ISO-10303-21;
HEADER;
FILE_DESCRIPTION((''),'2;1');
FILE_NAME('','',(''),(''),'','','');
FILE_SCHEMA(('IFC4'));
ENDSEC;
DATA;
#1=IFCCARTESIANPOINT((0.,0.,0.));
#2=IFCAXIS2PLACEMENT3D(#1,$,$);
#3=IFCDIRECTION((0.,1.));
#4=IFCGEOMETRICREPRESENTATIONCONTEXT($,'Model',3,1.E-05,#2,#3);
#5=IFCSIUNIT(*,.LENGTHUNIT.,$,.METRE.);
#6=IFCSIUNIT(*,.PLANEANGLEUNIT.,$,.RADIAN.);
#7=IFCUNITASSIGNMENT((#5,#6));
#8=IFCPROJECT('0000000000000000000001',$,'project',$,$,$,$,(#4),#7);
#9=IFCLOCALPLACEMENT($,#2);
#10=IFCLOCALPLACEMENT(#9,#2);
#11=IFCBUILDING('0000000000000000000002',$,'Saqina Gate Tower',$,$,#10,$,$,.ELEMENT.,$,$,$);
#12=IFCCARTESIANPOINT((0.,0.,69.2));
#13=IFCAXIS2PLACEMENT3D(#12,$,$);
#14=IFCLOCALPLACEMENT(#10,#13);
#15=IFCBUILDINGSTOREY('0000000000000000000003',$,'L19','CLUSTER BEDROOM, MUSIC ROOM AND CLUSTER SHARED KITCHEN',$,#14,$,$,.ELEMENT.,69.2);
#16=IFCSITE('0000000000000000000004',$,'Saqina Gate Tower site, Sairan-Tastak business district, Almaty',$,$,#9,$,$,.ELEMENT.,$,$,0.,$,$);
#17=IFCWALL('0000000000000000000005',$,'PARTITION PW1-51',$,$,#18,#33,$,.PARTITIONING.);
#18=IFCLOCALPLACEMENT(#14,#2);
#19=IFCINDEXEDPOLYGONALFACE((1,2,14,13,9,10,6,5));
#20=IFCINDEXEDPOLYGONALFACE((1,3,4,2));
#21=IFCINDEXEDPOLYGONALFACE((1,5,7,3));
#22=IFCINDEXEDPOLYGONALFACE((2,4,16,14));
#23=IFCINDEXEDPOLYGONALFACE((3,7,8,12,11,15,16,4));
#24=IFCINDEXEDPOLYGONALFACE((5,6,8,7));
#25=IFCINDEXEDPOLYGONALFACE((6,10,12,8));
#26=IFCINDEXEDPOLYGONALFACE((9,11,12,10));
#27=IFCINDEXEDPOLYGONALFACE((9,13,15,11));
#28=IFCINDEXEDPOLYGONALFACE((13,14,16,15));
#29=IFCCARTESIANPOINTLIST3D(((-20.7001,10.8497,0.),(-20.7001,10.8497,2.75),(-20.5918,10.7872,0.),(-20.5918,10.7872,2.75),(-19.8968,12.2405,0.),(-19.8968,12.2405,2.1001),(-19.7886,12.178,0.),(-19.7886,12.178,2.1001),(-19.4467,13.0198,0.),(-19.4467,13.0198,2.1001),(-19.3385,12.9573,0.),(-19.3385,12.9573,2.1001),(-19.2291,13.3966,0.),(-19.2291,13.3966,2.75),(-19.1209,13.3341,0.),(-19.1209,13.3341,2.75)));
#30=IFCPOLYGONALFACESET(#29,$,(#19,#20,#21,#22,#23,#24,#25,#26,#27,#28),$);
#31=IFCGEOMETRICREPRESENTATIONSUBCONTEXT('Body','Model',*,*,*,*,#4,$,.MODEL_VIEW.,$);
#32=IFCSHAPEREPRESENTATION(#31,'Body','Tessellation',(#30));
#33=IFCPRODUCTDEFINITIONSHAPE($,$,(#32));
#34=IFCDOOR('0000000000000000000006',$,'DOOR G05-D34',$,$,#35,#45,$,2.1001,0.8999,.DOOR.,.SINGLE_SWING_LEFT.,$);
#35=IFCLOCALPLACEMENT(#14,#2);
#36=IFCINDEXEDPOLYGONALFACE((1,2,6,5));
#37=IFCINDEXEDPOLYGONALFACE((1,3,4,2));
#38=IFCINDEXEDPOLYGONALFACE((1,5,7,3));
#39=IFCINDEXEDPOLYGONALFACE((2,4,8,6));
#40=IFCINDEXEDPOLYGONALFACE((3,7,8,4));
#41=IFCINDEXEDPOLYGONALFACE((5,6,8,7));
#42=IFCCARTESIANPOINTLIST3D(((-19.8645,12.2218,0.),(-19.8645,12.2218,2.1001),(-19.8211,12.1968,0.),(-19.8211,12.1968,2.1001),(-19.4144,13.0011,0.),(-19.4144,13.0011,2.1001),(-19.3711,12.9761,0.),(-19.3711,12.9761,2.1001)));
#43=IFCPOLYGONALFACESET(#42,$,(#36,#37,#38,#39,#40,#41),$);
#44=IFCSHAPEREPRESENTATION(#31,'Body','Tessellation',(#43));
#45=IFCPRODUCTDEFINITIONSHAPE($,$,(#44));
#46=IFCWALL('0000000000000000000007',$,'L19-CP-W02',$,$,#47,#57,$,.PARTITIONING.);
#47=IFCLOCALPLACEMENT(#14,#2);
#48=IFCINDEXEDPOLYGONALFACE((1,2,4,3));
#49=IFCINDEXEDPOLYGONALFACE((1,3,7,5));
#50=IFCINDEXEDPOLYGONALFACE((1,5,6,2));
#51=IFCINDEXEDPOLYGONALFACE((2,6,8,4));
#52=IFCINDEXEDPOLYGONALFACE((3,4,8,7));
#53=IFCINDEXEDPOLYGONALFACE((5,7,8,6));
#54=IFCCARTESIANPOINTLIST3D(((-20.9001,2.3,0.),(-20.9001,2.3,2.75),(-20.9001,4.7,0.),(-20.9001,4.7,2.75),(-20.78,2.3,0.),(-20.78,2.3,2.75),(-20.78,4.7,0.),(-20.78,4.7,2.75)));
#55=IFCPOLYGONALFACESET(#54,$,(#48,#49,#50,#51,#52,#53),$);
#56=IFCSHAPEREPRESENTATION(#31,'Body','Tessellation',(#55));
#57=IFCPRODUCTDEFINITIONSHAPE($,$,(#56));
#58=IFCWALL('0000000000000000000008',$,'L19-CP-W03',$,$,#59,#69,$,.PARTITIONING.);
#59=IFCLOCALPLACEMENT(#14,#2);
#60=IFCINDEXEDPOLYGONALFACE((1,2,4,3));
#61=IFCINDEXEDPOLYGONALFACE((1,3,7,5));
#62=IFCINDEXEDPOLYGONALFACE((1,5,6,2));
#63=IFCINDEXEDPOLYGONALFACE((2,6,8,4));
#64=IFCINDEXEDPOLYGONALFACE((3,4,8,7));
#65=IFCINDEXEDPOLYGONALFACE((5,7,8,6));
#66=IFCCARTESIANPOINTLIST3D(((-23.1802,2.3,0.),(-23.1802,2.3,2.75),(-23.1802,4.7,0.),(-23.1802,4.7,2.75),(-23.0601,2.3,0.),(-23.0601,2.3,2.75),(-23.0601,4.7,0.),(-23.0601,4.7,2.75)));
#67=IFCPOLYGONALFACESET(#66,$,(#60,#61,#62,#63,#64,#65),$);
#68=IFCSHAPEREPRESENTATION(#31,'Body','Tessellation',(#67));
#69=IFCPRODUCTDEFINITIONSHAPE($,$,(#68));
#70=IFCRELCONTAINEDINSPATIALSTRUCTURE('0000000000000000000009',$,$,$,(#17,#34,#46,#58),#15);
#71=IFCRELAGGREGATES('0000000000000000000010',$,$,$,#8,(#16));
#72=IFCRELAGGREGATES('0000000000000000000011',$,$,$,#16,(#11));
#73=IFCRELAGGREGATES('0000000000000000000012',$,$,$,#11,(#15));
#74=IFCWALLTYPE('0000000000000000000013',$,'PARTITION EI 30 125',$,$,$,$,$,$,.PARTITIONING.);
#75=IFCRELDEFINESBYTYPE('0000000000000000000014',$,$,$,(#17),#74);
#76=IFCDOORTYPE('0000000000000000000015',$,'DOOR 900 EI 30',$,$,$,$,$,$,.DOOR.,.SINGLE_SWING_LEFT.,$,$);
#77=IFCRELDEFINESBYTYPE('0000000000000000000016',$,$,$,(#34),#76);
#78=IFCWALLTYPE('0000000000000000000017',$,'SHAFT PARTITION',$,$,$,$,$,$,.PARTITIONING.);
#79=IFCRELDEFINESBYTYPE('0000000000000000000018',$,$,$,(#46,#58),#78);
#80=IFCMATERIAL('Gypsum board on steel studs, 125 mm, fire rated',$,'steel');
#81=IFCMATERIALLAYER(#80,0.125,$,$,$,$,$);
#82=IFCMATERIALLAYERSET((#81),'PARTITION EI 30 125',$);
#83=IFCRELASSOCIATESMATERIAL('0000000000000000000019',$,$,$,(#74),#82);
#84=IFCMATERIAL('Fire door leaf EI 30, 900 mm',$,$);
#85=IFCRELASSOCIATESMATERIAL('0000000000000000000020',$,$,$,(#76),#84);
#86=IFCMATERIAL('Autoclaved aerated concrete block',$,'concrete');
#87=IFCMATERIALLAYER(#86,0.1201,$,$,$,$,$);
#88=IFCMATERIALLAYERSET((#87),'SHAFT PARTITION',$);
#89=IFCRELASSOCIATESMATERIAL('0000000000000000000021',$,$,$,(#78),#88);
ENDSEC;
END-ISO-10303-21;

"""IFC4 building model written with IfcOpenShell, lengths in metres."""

from ifc_helpers import new_model, si_unit, direction, frame, frame_2d, origin, place, context, subcontext, project, spatial, rectangle, extrude, material, layer, layer_set, type_object, element, fill, save


model = new_model("IFC4")

# Units and contexts
model_context = context("Model", 3, precision=1e-05, world=origin(), true_north=direction((0.0, 1.0)))
body_context = subcontext(model_context, "Body", "Model", "MODEL_VIEW")
ifc_project = project(units=[si_unit("LENGTHUNIT", "METRE"), si_unit("PLANEANGLEUNIT", "RADIAN")], contexts=[model_context])

# Site, building, storey
site_placement = place(None, origin())
site = spatial("IfcSite", under=ifc_project, at=site_placement, Name="Saqina Gate Tower site, Sairan-Tastak business district, Almaty", CompositionType="ELEMENT", RefElevation=0.0)
building_placement = place(site_placement, origin())
building = spatial("IfcBuilding", under=site, at=building_placement, Name="Saqina Gate Tower", CompositionType="ELEMENT")
storey_placement = place(building_placement, frame((0.0, 0.0, 69.2)))
storey = spatial("IfcBuildingStorey", under=building, at=storey_placement, Name="L19", Description="CLUSTER BEDROOM, MUSIC ROOM AND CLUSTER SHARED KITCHEN", CompositionType="ELEMENT", Elevation=69.2)

# Wall, opening, door
ifc_material_1 = material(Name="Gypsum board on steel studs, 125 mm, fire rated", Category="steel")
ifc_layer_1 = layer(ifc_material_1, 0.125)
ifc_layer_set_1 = layer_set([ifc_layer_1], Name="PARTITION EI 30 125")
wall_type_1 = type_object("IfcWallType", Name="PARTITION EI 30 125", PredefinedType="PARTITIONING", material=ifc_layer_set_1)
wall_1_placement = place(storey_placement, frame((-20.646, 10.8184, 0.0), z_axis=(0.0, 0.0, 1.0), x_axis=(0.50013, 0.865951, 0.0)))
wall_1 = element("IfcWall", 1, at=wall_1_placement, inside=storey, type_object=wall_type_1, Name="PARTITION PW1-51", PredefinedType="PARTITIONING", context=body_context, shape_type="SweptSolid", body=[
    extrude(rectangle(XDim=2.9412, YDim=0.125, at=frame_2d((1.4707, 0.0))), origin(), (0.0, 0.0, 1.0), 2.75),
])
opening_1_placement = place(wall_1_placement, frame((1.6062, 0.0, 0.0)))
opening_1 = element("IfcOpeningElement", 2, at=opening_1_placement, cuts=wall_1, PredefinedType="OPENING", context=body_context, shape_type="SweptSolid", body=[
    extrude(rectangle(XDim=0.8999, YDim=2.1001, at=frame_2d((0.45, 1.05))), frame((0.0, 0.0745, 0.0), z_axis=(0.0, -1.0, 0.0), x_axis=(1.0, 0.0, 0.0)), (0.0, 0.0, 1.0), 0.1489),
])
ifc_material_2 = material(Name="Fire door leaf EI 30, 900 mm")
door_type_1 = type_object("IfcDoorType", Name="DOOR 900 EI 30", OperationType="SINGLE_SWING_LEFT", PredefinedType="DOOR", material=ifc_material_2)
door_1_placement = place(opening_1_placement, frame((0.8999, 0.0, 0.0), z_axis=(0.0, 0.0, 1.0), x_axis=(-1.0, 0.0, 0.0)))
door_1 = element("IfcDoor", 3, at=door_1_placement, inside=storey, type_object=door_type_1, Name="DOOR G05-D34", OperationType="SINGLE_SWING_LEFT", OverallHeight=2.1001, OverallWidth=0.8999, PredefinedType="DOOR", context=body_context, shape_type="SweptSolid", body=[
    extrude(rectangle(XDim=0.8999, YDim=2.1001, at=frame_2d((0.45, 1.05))), frame((0.0, 0.0249, 0.0), z_axis=(0.0, -1.0, 0.0), x_axis=(1.0, 0.0, 0.0)), (0.0, 0.0, 1.0), 0.05),
])
fill(opening_1, door_1)

# Walls
ifc_material_3 = material(Name="Autoclaved aerated concrete block", Category="concrete")
ifc_layer_2 = layer(ifc_material_3, 0.1201)
ifc_layer_set_2 = layer_set([ifc_layer_2], Name="SHAFT PARTITION")
wall_type_2 = type_object("IfcWallType", Name="SHAFT PARTITION", PredefinedType="PARTITIONING", material=ifc_layer_set_2)
for number, where, z_axis, x_axis, name in (
    (4, (-20.8401, 2.3, 0.0), (0.0, 0.0, 1.0), (0.0, 1.0, 0.0), "L19-CP-W02"),
    (5, (-23.1201, 2.3, 0.0), (0.0, 0.0, 1.0), (0.0, 1.0, 0.0), "L19-CP-W03"),
):
    element("IfcWall", number, at=place(storey_placement, frame(where, z_axis=z_axis, x_axis=x_axis)), inside=storey, type_object=wall_type_2, Name=name, PredefinedType="PARTITIONING", context=body_context, shape_type="SweptSolid", body=[
        extrude(rectangle(XDim=2.3999, YDim=0.1201, at=frame_2d((1.2, 0.0))), origin(), (0.0, 0.0, 1.0), 2.75),
    ])

save(model, "model.ifc")
